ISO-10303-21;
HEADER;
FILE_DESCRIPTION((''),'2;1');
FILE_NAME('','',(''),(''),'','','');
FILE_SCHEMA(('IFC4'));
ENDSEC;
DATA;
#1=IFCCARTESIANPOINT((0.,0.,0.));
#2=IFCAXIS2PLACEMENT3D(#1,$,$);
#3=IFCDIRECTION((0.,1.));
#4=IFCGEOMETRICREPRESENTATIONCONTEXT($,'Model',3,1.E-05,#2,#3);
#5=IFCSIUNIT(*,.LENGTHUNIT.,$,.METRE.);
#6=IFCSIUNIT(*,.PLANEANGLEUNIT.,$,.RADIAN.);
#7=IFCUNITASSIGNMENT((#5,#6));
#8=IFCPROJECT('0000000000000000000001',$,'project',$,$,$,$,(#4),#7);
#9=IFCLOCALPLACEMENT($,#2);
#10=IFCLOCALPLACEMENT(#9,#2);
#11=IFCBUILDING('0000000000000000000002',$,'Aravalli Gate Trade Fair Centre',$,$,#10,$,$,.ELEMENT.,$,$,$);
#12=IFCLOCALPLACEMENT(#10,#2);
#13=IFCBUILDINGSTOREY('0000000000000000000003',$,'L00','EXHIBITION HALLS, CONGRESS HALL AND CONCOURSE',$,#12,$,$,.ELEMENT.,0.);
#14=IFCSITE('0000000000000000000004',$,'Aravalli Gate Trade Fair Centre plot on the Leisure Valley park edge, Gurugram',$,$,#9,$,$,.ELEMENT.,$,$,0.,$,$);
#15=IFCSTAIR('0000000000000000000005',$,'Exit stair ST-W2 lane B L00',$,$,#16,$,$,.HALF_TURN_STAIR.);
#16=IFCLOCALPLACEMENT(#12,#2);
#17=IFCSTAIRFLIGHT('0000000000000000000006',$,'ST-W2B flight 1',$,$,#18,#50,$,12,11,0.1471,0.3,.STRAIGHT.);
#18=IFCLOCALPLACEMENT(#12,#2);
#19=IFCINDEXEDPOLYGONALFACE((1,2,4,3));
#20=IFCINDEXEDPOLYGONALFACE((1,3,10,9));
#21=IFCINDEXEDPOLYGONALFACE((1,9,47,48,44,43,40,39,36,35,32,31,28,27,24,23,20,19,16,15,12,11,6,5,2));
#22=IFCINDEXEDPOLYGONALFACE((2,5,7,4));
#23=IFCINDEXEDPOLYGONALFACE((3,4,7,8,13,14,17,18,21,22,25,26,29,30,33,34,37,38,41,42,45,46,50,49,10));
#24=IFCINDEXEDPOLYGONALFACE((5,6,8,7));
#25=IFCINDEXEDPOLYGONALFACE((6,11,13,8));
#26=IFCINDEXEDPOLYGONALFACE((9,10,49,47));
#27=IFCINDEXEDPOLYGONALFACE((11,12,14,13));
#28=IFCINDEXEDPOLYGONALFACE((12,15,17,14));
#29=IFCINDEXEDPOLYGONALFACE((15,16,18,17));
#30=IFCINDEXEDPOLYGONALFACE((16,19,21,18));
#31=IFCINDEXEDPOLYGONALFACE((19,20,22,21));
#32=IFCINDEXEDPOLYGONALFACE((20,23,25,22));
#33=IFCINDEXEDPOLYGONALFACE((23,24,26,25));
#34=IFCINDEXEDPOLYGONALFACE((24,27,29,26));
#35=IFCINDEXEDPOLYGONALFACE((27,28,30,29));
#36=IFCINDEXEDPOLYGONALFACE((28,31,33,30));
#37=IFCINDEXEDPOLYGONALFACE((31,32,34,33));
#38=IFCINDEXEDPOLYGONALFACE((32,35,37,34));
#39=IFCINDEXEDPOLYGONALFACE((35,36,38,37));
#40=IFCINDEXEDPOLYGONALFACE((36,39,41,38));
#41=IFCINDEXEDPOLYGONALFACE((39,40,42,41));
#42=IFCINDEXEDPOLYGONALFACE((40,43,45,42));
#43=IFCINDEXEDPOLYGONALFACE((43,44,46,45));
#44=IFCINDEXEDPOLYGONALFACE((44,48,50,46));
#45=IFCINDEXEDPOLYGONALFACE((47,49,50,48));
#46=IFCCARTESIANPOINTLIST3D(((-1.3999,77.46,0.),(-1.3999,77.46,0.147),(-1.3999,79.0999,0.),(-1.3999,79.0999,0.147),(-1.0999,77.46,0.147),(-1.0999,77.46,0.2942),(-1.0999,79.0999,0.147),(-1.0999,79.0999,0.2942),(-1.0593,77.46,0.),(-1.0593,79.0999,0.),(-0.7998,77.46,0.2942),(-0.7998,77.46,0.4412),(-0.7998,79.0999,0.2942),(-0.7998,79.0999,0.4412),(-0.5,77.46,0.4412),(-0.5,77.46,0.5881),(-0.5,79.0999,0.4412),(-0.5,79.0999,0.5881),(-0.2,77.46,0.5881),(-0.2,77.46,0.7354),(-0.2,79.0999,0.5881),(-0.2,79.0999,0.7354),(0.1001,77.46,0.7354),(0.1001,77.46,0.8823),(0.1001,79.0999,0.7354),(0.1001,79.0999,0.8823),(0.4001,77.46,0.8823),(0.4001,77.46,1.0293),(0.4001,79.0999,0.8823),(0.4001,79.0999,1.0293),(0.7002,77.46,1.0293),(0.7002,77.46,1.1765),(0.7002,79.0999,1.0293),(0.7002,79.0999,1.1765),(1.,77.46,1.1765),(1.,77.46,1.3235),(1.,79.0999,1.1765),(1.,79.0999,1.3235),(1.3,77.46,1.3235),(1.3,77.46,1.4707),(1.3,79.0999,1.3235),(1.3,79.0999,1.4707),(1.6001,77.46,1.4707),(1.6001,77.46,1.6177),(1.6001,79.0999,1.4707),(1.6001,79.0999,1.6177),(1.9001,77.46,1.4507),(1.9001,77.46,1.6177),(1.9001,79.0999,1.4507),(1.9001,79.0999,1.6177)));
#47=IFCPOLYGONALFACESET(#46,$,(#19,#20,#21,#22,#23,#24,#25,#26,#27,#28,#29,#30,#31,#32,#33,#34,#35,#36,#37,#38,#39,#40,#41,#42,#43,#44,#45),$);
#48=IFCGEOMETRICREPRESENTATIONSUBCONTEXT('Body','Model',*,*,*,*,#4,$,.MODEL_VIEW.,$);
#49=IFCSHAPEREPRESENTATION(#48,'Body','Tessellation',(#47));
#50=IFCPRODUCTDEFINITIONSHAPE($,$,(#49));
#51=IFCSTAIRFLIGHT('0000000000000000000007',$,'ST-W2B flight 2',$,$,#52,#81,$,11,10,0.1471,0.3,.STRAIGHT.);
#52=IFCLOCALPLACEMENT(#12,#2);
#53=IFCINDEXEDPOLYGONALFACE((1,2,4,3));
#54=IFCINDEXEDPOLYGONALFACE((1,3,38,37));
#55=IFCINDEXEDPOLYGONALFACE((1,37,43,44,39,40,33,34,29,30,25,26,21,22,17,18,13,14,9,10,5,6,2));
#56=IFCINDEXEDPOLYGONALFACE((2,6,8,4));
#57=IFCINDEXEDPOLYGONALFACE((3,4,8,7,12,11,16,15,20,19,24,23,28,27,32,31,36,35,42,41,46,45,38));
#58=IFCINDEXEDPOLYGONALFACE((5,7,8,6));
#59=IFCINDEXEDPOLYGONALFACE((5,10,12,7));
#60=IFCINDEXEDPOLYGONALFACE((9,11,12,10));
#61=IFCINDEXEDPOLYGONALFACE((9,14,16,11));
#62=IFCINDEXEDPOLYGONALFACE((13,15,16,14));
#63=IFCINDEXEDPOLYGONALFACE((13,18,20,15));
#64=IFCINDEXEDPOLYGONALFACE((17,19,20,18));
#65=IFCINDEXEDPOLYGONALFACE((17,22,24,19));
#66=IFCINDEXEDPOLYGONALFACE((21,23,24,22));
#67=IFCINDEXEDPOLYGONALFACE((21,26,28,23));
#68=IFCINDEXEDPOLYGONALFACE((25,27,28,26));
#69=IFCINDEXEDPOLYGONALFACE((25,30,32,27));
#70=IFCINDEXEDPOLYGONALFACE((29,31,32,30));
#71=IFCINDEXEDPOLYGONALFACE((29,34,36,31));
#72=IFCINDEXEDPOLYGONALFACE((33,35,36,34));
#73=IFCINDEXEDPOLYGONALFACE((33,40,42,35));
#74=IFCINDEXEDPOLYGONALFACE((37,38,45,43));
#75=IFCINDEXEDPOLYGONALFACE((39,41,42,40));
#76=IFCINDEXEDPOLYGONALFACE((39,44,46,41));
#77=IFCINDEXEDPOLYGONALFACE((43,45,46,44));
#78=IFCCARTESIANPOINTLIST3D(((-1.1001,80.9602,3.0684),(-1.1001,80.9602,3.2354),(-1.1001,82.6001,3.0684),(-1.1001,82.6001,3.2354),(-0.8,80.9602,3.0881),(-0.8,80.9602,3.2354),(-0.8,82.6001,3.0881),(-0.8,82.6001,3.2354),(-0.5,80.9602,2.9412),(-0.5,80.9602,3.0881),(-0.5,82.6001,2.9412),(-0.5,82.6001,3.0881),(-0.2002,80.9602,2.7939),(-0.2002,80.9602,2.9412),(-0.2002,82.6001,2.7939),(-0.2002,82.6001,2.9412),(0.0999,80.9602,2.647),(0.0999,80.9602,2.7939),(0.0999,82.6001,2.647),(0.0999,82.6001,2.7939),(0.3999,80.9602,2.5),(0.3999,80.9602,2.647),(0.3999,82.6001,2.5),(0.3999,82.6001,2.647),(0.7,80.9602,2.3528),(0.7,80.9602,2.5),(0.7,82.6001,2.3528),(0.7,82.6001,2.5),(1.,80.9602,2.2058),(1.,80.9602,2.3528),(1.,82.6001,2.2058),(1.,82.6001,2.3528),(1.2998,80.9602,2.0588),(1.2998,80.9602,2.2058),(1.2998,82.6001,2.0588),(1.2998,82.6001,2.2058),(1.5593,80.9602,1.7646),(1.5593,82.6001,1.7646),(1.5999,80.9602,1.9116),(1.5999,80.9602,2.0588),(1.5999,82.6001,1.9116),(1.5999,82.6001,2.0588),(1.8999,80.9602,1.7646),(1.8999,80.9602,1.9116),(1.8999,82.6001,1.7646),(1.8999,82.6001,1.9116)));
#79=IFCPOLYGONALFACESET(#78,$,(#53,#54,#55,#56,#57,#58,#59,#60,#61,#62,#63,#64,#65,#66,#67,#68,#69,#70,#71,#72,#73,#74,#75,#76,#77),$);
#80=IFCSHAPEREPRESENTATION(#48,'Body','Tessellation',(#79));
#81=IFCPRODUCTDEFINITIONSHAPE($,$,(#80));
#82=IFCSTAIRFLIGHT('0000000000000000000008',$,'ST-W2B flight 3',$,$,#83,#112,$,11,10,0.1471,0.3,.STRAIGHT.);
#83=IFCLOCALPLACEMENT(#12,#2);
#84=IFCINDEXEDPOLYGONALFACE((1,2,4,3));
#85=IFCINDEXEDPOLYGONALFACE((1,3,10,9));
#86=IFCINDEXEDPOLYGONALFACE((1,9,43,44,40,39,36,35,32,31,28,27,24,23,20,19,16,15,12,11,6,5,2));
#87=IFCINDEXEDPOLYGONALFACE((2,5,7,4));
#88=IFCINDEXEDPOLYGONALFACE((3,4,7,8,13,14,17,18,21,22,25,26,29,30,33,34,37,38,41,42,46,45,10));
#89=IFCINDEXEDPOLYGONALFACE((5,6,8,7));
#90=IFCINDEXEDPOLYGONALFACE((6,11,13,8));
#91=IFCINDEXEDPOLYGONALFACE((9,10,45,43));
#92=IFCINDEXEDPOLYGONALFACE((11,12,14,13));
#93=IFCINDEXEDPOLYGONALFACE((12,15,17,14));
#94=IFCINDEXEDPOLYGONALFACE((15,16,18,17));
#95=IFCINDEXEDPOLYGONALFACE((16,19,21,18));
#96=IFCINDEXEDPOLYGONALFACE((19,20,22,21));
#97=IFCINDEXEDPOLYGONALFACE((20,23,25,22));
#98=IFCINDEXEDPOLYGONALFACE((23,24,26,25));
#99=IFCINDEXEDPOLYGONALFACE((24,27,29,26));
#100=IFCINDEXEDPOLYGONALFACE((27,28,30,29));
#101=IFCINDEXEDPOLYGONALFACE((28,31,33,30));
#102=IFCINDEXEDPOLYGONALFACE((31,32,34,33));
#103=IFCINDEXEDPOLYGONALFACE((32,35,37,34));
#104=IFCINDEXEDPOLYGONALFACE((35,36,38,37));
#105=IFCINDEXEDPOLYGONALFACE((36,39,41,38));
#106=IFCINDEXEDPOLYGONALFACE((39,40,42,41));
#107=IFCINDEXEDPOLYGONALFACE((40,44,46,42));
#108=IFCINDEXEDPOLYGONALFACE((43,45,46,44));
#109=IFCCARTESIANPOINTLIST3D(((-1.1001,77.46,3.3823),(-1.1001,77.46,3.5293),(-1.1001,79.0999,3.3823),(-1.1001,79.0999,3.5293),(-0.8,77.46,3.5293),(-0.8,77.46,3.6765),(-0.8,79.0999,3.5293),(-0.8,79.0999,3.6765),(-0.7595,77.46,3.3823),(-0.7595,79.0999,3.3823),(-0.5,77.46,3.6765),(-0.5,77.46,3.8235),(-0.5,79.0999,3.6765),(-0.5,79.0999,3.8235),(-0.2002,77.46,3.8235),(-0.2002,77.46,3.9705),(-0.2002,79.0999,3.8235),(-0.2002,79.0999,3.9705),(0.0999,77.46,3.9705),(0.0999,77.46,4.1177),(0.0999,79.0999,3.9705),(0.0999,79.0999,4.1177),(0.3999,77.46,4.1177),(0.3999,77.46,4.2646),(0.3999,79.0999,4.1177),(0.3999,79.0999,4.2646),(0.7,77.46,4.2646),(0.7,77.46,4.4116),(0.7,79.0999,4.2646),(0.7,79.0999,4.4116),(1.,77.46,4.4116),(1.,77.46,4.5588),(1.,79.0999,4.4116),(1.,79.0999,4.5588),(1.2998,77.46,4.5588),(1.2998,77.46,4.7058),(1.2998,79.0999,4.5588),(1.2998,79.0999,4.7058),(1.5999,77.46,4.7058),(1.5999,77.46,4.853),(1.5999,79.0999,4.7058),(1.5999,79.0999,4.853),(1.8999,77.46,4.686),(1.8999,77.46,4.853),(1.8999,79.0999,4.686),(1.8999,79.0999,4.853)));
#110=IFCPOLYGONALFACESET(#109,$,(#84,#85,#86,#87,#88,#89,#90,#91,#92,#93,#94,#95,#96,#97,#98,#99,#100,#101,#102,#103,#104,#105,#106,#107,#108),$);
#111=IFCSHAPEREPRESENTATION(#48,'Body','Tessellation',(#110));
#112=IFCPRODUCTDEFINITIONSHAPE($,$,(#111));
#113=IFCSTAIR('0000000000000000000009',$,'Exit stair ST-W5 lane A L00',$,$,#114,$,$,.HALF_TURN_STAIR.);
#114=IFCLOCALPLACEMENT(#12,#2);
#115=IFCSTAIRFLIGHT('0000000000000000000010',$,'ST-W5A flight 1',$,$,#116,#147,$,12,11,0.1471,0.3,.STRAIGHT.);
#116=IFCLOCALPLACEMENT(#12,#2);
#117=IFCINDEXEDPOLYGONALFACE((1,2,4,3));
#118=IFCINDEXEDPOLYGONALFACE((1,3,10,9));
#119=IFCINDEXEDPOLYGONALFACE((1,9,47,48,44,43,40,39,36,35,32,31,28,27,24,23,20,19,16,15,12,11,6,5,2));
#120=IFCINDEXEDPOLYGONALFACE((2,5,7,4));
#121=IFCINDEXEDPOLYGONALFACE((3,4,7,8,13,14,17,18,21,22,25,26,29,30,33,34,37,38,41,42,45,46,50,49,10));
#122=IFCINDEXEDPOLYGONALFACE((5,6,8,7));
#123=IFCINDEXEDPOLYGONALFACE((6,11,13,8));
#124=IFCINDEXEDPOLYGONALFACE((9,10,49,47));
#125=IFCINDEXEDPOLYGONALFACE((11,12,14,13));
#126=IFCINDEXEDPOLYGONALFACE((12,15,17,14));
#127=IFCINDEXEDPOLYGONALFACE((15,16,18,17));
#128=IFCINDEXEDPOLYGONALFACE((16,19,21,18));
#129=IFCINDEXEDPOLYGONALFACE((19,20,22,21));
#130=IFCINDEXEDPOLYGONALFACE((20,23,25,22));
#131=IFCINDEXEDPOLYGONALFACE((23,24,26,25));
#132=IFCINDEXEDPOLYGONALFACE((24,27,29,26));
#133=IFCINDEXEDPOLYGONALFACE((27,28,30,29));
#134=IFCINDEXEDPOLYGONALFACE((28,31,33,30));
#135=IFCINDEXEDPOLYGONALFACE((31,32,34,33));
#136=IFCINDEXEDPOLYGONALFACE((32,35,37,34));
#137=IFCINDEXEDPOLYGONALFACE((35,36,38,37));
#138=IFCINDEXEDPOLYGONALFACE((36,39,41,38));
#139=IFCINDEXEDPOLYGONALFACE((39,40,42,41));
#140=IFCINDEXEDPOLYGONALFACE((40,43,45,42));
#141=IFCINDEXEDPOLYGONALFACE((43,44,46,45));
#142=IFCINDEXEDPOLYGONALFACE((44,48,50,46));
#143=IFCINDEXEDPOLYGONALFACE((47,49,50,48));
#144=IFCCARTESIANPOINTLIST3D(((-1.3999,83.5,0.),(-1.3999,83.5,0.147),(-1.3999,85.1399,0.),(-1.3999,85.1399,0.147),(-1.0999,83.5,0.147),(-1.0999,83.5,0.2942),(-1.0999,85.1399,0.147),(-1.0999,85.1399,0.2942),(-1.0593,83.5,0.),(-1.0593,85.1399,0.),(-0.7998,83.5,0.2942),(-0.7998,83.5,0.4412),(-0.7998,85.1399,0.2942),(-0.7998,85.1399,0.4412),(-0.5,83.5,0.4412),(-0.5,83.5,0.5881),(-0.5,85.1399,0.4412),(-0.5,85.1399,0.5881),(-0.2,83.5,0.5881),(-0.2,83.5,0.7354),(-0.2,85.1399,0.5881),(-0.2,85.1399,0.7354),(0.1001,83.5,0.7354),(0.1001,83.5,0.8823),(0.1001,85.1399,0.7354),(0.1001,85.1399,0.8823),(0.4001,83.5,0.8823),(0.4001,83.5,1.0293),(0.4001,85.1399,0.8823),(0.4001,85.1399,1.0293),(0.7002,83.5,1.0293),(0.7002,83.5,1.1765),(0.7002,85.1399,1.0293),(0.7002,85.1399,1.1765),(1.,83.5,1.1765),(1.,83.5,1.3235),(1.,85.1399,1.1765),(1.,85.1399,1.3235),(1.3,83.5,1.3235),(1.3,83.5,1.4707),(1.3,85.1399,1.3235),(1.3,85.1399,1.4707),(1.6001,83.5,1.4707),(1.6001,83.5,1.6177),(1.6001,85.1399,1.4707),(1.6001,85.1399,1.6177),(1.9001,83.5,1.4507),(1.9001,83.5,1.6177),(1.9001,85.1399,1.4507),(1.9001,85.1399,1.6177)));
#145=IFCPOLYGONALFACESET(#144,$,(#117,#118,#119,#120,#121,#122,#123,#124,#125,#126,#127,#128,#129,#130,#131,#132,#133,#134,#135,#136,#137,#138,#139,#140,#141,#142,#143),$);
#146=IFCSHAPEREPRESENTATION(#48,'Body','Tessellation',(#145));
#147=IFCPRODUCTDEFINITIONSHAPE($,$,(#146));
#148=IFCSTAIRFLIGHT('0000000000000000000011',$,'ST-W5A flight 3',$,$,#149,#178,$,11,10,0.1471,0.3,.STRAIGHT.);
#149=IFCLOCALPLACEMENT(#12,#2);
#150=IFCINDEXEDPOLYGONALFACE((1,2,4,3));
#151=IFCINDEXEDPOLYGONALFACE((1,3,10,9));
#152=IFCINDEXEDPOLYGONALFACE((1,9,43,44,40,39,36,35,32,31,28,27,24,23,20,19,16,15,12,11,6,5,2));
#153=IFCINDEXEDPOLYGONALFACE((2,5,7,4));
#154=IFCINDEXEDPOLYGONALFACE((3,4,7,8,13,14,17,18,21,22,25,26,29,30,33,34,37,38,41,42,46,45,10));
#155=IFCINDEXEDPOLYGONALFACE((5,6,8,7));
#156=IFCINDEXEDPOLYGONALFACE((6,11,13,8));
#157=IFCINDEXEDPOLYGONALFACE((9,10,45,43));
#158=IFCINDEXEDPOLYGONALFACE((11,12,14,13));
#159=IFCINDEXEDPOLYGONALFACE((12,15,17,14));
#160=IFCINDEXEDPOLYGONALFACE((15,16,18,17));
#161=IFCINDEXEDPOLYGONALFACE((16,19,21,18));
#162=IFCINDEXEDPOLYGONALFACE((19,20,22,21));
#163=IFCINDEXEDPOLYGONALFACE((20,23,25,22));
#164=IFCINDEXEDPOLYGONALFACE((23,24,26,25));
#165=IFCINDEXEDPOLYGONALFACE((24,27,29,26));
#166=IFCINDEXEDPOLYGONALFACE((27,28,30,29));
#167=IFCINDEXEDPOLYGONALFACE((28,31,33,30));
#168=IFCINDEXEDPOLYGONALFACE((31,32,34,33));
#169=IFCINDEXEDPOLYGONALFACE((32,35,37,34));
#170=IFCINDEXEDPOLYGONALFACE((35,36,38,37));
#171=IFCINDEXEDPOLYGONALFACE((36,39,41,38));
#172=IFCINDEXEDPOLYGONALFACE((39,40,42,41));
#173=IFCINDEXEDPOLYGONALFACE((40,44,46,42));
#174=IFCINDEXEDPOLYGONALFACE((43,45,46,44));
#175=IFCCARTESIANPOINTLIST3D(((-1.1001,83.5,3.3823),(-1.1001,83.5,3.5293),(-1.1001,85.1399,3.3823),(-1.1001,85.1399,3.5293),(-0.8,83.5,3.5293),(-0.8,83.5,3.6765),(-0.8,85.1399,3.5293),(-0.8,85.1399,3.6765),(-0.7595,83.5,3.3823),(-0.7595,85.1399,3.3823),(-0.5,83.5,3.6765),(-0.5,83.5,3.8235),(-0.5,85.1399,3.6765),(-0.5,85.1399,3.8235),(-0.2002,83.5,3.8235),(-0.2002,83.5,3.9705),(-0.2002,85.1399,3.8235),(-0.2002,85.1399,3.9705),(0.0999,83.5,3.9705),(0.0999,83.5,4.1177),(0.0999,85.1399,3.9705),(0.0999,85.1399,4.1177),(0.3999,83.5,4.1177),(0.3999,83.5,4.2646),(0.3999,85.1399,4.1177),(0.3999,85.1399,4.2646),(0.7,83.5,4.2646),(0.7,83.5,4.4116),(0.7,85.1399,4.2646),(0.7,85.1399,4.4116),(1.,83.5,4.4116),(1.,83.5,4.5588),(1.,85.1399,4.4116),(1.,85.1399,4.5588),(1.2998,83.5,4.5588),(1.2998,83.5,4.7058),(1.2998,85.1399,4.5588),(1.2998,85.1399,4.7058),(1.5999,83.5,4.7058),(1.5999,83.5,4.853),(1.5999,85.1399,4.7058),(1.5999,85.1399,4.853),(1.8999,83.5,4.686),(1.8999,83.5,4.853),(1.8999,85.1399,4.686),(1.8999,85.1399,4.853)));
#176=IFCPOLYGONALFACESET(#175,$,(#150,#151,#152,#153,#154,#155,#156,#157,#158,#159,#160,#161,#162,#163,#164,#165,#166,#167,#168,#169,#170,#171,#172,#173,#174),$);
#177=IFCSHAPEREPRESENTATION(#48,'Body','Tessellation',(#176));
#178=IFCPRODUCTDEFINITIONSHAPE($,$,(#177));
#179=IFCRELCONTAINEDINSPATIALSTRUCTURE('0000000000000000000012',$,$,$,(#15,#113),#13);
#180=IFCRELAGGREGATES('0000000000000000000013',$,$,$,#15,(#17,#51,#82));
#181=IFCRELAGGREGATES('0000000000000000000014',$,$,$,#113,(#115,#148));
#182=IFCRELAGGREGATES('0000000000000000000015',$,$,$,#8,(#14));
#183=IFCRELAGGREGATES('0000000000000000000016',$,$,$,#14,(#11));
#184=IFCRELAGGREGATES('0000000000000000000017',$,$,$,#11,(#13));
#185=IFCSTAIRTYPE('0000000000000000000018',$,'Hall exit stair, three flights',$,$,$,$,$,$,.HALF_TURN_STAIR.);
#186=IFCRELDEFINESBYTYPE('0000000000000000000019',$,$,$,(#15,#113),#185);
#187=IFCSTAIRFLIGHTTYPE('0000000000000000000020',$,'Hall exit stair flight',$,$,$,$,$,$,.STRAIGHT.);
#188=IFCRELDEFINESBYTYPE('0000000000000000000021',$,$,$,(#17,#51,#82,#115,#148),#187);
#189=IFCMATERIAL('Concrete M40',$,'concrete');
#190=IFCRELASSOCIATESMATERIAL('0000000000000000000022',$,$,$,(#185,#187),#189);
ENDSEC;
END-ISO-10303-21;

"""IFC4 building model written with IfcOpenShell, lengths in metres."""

from ifc_helpers import new_model, si_unit, direction, frame, origin, place, context, subcontext, project, spatial, polyline, outline, extrude, material, type_object, element, aggregate, save


model = new_model("IFC4")

# Units and contexts
model_context = context("Model", 3, precision=1e-05, world=origin(), true_north=direction((0.0, 1.0)))
body_context = subcontext(model_context, "Body", "Model", "MODEL_VIEW")
ifc_project = project(units=[si_unit("LENGTHUNIT", "METRE"), si_unit("PLANEANGLEUNIT", "RADIAN")], contexts=[model_context])

# Site, building, storey
site_placement = place(None, origin())
site = spatial("IfcSite", under=ifc_project, at=site_placement, Name="Aravalli Gate Trade Fair Centre plot on the Leisure Valley park edge, Gurugram", CompositionType="ELEMENT", RefElevation=0.0)
building_placement = place(site_placement, origin())
building = spatial("IfcBuilding", under=site, at=building_placement, Name="Aravalli Gate Trade Fair Centre", CompositionType="ELEMENT")
storey_placement = place(building_placement, origin())
storey = spatial("IfcBuildingStorey", under=building, at=storey_placement, Name="L00", Description="EXHIBITION HALLS, CONGRESS HALL AND CONCOURSE", CompositionType="ELEMENT", Elevation=0.0)

# Shared definitions
ifc_material_1 = material(Name="Concrete M40", Category="concrete")

# Stairs, stair flights
stair_type = type_object("IfcStairType", Name="Hall exit stair, three flights", PredefinedType="HALF_TURN_STAIR", material=ifc_material_1)
stair_flight_type = type_object("IfcStairFlightType", Name="Hall exit stair flight", PredefinedType="STRAIGHT", material=ifc_material_1)
stair_1_placement = place(storey_placement, origin())
stair_1 = element("IfcStair", 1, at=stair_1_placement, inside=storey, type_object=stair_type, Name="Exit stair ST-W2 lane B L00", PredefinedType="HALF_TURN_STAIR")
stair_flight_1_placement = place(storey_placement, frame((-1.3999, 78.28, 0.0), z_axis=(0.0, 0.0, 1.0), x_axis=(1.0, 0.0, 0.0)))
stair_flight_1 = element("IfcStairFlight", 2, at=stair_flight_1_placement, type_object=stair_flight_type, Name="ST-W2B flight 1", NumberOfRisers=12, NumberOfTreads=11, PredefinedType="STRAIGHT", RiserHeight=0.1471, TreadLength=0.3, context=body_context, shape_type="SweptSolid", body=[
    extrude(outline(polyline([(0.0, 0.0), (0.0, 0.147), (0.3, 0.147), (0.3, 0.2942), (0.6001, 0.2942), (0.6001, 0.4412), (0.8999, 0.4412), (0.8999, 0.5881), (1.2, 0.5881), (1.2, 0.7354), (1.5, 0.7354), (1.5, 0.8823), (1.8, 0.8823), (1.8, 1.0293), (2.1001, 1.0293), (2.1001, 1.1765), (2.3999, 1.1765), (2.3999, 1.3235), (2.7, 1.3235), (2.7, 1.4707), (3.0, 1.4707), (3.0, 1.6177), (3.3, 1.6177), (3.3, 1.7646), (3.3, 1.4507), (0.3406, 0.0), (0.0, 0.0)])), frame((0.0, 0.8198, 0.0), z_axis=(0.0, -1.0, 0.0), x_axis=(1.0, 0.0, 0.0)), (0.0, 0.0, 1.0), 1.6399),
])
stair_flight_2_placement = place(storey_placement, frame((1.8999, 81.78, 1.7646), z_axis=(0.0, 0.0, 1.0), x_axis=(-1.0, 0.0, 0.0)))
stair_flight_2 = element("IfcStairFlight", 3, at=stair_flight_2_placement, type_object=stair_flight_type, Name="ST-W2B flight 2", NumberOfRisers=11, NumberOfTreads=10, PredefinedType="STRAIGHT", RiserHeight=0.1471, TreadLength=0.3, context=body_context, shape_type="SweptSolid", body=[
    extrude(outline(polyline([(0.0, 0.0), (0.0, 0.147), (0.3, 0.147), (0.3, 0.2942), (0.6001, 0.2942), (0.6001, 0.4412), (0.8999, 0.4412), (0.8999, 0.5881), (1.2, 0.5881), (1.2, 0.7354), (1.5, 0.7354), (1.5, 0.8823), (1.8, 0.8823), (1.8, 1.0293), (2.1001, 1.0293), (2.1001, 1.1765), (2.3999, 1.1765), (2.3999, 1.3235), (2.7, 1.3235), (2.7, 1.4707), (3.0, 1.4707), (3.0, 1.6177), (3.0, 1.3037), (0.3406, 0.0), (0.0, 0.0)])), frame((0.0, 0.8198, 0.0), z_axis=(0.0, -1.0, 0.0), x_axis=(1.0, 0.0, 0.0)), (0.0, 0.0, 1.0), 1.6399),
])
stair_flight_3_placement = place(storey_placement, frame((-1.1001, 78.28, 3.3823), z_axis=(0.0, 0.0, 1.0), x_axis=(1.0, 0.0, 0.0)))
stair_flight_3 = element("IfcStairFlight", 4, at=stair_flight_3_placement, type_object=stair_flight_type, Name="ST-W2B flight 3", NumberOfRisers=11, NumberOfTreads=10, PredefinedType="STRAIGHT", RiserHeight=0.1471, TreadLength=0.3, context=body_context, shape_type="SweptSolid", body=[
    extrude(outline(polyline([(0.0, 0.0), (0.0, 0.147), (0.3, 0.147), (0.3, 0.2942), (0.6001, 0.2942), (0.6001, 0.4412), (0.8999, 0.4412), (0.8999, 0.5881), (1.2, 0.5881), (1.2, 0.7354), (1.5, 0.7354), (1.5, 0.8823), (1.8, 0.8823), (1.8, 1.0293), (2.1001, 1.0293), (2.1001, 1.1765), (2.3999, 1.1765), (2.3999, 1.3235), (2.7, 1.3235), (2.7, 1.4707), (3.0, 1.4707), (3.0, 1.6177), (3.0, 1.3037), (0.3406, 0.0), (0.0, 0.0)])), frame((0.0, 0.8198, 0.0), z_axis=(0.0, -1.0, 0.0), x_axis=(1.0, 0.0, 0.0)), (0.0, 0.0, 1.0), 1.6399),
])
aggregate(stair_1, [stair_flight_1, stair_flight_2, stair_flight_3])
stair_2_placement = place(storey_placement, origin())
stair_2 = element("IfcStair", 5, at=stair_2_placement, inside=storey, type_object=stair_type, Name="Exit stair ST-W5 lane A L00", PredefinedType="HALF_TURN_STAIR")
stair_flight_4_placement = place(storey_placement, frame((-1.3999, 84.3201, 0.0), z_axis=(0.0, 0.0, 1.0), x_axis=(1.0, 0.0, 0.0)))
stair_flight_4 = element("IfcStairFlight", 6, at=stair_flight_4_placement, type_object=stair_flight_type, Name="ST-W5A flight 1", NumberOfRisers=12, NumberOfTreads=11, PredefinedType="STRAIGHT", RiserHeight=0.1471, TreadLength=0.3, context=body_context, shape_type="SweptSolid", body=[
    extrude(outline(polyline([(0.0, 0.0), (0.0, 0.147), (0.3, 0.147), (0.3, 0.2942), (0.6001, 0.2942), (0.6001, 0.4412), (0.8999, 0.4412), (0.8999, 0.5881), (1.2, 0.5881), (1.2, 0.7354), (1.5, 0.7354), (1.5, 0.8823), (1.8, 0.8823), (1.8, 1.0293), (2.1001, 1.0293), (2.1001, 1.1765), (2.3999, 1.1765), (2.3999, 1.3235), (2.7, 1.3235), (2.7, 1.4707), (3.0, 1.4707), (3.0, 1.6177), (3.3, 1.6177), (3.3, 1.7646), (3.3, 1.4507), (0.3406, 0.0), (0.0, 0.0)])), frame((0.0, 0.8198, 0.0), z_axis=(0.0, -1.0, 0.0), x_axis=(1.0, 0.0, 0.0)), (0.0, 0.0, 1.0), 1.6399),
])
stair_flight_5_placement = place(storey_placement, frame((-1.1001, 84.3201, 3.3823), z_axis=(0.0, 0.0, 1.0), x_axis=(1.0, 0.0, 0.0)))
stair_flight_5 = element("IfcStairFlight", 7, at=stair_flight_5_placement, type_object=stair_flight_type, Name="ST-W5A flight 3", NumberOfRisers=11, NumberOfTreads=10, PredefinedType="STRAIGHT", RiserHeight=0.1471, TreadLength=0.3, context=body_context, shape_type="SweptSolid", body=[
    extrude(outline(polyline([(0.0, 0.0), (0.0, 0.147), (0.3, 0.147), (0.3, 0.2942), (0.6001, 0.2942), (0.6001, 0.4412), (0.8999, 0.4412), (0.8999, 0.5881), (1.2, 0.5881), (1.2, 0.7354), (1.5, 0.7354), (1.5, 0.8823), (1.8, 0.8823), (1.8, 1.0293), (2.1001, 1.0293), (2.1001, 1.1765), (2.3999, 1.1765), (2.3999, 1.3235), (2.7, 1.3235), (2.7, 1.4707), (3.0, 1.4707), (3.0, 1.6177), (3.0, 1.3037), (0.3406, 0.0), (0.0, 0.0)])), frame((0.0, 0.8198, 0.0), z_axis=(0.0, -1.0, 0.0), x_axis=(1.0, 0.0, 0.0)), (0.0, 0.0, 1.0), 1.6399),
])
aggregate(stair_2, [stair_flight_4, stair_flight_5])

save(model, "model.ifc")
